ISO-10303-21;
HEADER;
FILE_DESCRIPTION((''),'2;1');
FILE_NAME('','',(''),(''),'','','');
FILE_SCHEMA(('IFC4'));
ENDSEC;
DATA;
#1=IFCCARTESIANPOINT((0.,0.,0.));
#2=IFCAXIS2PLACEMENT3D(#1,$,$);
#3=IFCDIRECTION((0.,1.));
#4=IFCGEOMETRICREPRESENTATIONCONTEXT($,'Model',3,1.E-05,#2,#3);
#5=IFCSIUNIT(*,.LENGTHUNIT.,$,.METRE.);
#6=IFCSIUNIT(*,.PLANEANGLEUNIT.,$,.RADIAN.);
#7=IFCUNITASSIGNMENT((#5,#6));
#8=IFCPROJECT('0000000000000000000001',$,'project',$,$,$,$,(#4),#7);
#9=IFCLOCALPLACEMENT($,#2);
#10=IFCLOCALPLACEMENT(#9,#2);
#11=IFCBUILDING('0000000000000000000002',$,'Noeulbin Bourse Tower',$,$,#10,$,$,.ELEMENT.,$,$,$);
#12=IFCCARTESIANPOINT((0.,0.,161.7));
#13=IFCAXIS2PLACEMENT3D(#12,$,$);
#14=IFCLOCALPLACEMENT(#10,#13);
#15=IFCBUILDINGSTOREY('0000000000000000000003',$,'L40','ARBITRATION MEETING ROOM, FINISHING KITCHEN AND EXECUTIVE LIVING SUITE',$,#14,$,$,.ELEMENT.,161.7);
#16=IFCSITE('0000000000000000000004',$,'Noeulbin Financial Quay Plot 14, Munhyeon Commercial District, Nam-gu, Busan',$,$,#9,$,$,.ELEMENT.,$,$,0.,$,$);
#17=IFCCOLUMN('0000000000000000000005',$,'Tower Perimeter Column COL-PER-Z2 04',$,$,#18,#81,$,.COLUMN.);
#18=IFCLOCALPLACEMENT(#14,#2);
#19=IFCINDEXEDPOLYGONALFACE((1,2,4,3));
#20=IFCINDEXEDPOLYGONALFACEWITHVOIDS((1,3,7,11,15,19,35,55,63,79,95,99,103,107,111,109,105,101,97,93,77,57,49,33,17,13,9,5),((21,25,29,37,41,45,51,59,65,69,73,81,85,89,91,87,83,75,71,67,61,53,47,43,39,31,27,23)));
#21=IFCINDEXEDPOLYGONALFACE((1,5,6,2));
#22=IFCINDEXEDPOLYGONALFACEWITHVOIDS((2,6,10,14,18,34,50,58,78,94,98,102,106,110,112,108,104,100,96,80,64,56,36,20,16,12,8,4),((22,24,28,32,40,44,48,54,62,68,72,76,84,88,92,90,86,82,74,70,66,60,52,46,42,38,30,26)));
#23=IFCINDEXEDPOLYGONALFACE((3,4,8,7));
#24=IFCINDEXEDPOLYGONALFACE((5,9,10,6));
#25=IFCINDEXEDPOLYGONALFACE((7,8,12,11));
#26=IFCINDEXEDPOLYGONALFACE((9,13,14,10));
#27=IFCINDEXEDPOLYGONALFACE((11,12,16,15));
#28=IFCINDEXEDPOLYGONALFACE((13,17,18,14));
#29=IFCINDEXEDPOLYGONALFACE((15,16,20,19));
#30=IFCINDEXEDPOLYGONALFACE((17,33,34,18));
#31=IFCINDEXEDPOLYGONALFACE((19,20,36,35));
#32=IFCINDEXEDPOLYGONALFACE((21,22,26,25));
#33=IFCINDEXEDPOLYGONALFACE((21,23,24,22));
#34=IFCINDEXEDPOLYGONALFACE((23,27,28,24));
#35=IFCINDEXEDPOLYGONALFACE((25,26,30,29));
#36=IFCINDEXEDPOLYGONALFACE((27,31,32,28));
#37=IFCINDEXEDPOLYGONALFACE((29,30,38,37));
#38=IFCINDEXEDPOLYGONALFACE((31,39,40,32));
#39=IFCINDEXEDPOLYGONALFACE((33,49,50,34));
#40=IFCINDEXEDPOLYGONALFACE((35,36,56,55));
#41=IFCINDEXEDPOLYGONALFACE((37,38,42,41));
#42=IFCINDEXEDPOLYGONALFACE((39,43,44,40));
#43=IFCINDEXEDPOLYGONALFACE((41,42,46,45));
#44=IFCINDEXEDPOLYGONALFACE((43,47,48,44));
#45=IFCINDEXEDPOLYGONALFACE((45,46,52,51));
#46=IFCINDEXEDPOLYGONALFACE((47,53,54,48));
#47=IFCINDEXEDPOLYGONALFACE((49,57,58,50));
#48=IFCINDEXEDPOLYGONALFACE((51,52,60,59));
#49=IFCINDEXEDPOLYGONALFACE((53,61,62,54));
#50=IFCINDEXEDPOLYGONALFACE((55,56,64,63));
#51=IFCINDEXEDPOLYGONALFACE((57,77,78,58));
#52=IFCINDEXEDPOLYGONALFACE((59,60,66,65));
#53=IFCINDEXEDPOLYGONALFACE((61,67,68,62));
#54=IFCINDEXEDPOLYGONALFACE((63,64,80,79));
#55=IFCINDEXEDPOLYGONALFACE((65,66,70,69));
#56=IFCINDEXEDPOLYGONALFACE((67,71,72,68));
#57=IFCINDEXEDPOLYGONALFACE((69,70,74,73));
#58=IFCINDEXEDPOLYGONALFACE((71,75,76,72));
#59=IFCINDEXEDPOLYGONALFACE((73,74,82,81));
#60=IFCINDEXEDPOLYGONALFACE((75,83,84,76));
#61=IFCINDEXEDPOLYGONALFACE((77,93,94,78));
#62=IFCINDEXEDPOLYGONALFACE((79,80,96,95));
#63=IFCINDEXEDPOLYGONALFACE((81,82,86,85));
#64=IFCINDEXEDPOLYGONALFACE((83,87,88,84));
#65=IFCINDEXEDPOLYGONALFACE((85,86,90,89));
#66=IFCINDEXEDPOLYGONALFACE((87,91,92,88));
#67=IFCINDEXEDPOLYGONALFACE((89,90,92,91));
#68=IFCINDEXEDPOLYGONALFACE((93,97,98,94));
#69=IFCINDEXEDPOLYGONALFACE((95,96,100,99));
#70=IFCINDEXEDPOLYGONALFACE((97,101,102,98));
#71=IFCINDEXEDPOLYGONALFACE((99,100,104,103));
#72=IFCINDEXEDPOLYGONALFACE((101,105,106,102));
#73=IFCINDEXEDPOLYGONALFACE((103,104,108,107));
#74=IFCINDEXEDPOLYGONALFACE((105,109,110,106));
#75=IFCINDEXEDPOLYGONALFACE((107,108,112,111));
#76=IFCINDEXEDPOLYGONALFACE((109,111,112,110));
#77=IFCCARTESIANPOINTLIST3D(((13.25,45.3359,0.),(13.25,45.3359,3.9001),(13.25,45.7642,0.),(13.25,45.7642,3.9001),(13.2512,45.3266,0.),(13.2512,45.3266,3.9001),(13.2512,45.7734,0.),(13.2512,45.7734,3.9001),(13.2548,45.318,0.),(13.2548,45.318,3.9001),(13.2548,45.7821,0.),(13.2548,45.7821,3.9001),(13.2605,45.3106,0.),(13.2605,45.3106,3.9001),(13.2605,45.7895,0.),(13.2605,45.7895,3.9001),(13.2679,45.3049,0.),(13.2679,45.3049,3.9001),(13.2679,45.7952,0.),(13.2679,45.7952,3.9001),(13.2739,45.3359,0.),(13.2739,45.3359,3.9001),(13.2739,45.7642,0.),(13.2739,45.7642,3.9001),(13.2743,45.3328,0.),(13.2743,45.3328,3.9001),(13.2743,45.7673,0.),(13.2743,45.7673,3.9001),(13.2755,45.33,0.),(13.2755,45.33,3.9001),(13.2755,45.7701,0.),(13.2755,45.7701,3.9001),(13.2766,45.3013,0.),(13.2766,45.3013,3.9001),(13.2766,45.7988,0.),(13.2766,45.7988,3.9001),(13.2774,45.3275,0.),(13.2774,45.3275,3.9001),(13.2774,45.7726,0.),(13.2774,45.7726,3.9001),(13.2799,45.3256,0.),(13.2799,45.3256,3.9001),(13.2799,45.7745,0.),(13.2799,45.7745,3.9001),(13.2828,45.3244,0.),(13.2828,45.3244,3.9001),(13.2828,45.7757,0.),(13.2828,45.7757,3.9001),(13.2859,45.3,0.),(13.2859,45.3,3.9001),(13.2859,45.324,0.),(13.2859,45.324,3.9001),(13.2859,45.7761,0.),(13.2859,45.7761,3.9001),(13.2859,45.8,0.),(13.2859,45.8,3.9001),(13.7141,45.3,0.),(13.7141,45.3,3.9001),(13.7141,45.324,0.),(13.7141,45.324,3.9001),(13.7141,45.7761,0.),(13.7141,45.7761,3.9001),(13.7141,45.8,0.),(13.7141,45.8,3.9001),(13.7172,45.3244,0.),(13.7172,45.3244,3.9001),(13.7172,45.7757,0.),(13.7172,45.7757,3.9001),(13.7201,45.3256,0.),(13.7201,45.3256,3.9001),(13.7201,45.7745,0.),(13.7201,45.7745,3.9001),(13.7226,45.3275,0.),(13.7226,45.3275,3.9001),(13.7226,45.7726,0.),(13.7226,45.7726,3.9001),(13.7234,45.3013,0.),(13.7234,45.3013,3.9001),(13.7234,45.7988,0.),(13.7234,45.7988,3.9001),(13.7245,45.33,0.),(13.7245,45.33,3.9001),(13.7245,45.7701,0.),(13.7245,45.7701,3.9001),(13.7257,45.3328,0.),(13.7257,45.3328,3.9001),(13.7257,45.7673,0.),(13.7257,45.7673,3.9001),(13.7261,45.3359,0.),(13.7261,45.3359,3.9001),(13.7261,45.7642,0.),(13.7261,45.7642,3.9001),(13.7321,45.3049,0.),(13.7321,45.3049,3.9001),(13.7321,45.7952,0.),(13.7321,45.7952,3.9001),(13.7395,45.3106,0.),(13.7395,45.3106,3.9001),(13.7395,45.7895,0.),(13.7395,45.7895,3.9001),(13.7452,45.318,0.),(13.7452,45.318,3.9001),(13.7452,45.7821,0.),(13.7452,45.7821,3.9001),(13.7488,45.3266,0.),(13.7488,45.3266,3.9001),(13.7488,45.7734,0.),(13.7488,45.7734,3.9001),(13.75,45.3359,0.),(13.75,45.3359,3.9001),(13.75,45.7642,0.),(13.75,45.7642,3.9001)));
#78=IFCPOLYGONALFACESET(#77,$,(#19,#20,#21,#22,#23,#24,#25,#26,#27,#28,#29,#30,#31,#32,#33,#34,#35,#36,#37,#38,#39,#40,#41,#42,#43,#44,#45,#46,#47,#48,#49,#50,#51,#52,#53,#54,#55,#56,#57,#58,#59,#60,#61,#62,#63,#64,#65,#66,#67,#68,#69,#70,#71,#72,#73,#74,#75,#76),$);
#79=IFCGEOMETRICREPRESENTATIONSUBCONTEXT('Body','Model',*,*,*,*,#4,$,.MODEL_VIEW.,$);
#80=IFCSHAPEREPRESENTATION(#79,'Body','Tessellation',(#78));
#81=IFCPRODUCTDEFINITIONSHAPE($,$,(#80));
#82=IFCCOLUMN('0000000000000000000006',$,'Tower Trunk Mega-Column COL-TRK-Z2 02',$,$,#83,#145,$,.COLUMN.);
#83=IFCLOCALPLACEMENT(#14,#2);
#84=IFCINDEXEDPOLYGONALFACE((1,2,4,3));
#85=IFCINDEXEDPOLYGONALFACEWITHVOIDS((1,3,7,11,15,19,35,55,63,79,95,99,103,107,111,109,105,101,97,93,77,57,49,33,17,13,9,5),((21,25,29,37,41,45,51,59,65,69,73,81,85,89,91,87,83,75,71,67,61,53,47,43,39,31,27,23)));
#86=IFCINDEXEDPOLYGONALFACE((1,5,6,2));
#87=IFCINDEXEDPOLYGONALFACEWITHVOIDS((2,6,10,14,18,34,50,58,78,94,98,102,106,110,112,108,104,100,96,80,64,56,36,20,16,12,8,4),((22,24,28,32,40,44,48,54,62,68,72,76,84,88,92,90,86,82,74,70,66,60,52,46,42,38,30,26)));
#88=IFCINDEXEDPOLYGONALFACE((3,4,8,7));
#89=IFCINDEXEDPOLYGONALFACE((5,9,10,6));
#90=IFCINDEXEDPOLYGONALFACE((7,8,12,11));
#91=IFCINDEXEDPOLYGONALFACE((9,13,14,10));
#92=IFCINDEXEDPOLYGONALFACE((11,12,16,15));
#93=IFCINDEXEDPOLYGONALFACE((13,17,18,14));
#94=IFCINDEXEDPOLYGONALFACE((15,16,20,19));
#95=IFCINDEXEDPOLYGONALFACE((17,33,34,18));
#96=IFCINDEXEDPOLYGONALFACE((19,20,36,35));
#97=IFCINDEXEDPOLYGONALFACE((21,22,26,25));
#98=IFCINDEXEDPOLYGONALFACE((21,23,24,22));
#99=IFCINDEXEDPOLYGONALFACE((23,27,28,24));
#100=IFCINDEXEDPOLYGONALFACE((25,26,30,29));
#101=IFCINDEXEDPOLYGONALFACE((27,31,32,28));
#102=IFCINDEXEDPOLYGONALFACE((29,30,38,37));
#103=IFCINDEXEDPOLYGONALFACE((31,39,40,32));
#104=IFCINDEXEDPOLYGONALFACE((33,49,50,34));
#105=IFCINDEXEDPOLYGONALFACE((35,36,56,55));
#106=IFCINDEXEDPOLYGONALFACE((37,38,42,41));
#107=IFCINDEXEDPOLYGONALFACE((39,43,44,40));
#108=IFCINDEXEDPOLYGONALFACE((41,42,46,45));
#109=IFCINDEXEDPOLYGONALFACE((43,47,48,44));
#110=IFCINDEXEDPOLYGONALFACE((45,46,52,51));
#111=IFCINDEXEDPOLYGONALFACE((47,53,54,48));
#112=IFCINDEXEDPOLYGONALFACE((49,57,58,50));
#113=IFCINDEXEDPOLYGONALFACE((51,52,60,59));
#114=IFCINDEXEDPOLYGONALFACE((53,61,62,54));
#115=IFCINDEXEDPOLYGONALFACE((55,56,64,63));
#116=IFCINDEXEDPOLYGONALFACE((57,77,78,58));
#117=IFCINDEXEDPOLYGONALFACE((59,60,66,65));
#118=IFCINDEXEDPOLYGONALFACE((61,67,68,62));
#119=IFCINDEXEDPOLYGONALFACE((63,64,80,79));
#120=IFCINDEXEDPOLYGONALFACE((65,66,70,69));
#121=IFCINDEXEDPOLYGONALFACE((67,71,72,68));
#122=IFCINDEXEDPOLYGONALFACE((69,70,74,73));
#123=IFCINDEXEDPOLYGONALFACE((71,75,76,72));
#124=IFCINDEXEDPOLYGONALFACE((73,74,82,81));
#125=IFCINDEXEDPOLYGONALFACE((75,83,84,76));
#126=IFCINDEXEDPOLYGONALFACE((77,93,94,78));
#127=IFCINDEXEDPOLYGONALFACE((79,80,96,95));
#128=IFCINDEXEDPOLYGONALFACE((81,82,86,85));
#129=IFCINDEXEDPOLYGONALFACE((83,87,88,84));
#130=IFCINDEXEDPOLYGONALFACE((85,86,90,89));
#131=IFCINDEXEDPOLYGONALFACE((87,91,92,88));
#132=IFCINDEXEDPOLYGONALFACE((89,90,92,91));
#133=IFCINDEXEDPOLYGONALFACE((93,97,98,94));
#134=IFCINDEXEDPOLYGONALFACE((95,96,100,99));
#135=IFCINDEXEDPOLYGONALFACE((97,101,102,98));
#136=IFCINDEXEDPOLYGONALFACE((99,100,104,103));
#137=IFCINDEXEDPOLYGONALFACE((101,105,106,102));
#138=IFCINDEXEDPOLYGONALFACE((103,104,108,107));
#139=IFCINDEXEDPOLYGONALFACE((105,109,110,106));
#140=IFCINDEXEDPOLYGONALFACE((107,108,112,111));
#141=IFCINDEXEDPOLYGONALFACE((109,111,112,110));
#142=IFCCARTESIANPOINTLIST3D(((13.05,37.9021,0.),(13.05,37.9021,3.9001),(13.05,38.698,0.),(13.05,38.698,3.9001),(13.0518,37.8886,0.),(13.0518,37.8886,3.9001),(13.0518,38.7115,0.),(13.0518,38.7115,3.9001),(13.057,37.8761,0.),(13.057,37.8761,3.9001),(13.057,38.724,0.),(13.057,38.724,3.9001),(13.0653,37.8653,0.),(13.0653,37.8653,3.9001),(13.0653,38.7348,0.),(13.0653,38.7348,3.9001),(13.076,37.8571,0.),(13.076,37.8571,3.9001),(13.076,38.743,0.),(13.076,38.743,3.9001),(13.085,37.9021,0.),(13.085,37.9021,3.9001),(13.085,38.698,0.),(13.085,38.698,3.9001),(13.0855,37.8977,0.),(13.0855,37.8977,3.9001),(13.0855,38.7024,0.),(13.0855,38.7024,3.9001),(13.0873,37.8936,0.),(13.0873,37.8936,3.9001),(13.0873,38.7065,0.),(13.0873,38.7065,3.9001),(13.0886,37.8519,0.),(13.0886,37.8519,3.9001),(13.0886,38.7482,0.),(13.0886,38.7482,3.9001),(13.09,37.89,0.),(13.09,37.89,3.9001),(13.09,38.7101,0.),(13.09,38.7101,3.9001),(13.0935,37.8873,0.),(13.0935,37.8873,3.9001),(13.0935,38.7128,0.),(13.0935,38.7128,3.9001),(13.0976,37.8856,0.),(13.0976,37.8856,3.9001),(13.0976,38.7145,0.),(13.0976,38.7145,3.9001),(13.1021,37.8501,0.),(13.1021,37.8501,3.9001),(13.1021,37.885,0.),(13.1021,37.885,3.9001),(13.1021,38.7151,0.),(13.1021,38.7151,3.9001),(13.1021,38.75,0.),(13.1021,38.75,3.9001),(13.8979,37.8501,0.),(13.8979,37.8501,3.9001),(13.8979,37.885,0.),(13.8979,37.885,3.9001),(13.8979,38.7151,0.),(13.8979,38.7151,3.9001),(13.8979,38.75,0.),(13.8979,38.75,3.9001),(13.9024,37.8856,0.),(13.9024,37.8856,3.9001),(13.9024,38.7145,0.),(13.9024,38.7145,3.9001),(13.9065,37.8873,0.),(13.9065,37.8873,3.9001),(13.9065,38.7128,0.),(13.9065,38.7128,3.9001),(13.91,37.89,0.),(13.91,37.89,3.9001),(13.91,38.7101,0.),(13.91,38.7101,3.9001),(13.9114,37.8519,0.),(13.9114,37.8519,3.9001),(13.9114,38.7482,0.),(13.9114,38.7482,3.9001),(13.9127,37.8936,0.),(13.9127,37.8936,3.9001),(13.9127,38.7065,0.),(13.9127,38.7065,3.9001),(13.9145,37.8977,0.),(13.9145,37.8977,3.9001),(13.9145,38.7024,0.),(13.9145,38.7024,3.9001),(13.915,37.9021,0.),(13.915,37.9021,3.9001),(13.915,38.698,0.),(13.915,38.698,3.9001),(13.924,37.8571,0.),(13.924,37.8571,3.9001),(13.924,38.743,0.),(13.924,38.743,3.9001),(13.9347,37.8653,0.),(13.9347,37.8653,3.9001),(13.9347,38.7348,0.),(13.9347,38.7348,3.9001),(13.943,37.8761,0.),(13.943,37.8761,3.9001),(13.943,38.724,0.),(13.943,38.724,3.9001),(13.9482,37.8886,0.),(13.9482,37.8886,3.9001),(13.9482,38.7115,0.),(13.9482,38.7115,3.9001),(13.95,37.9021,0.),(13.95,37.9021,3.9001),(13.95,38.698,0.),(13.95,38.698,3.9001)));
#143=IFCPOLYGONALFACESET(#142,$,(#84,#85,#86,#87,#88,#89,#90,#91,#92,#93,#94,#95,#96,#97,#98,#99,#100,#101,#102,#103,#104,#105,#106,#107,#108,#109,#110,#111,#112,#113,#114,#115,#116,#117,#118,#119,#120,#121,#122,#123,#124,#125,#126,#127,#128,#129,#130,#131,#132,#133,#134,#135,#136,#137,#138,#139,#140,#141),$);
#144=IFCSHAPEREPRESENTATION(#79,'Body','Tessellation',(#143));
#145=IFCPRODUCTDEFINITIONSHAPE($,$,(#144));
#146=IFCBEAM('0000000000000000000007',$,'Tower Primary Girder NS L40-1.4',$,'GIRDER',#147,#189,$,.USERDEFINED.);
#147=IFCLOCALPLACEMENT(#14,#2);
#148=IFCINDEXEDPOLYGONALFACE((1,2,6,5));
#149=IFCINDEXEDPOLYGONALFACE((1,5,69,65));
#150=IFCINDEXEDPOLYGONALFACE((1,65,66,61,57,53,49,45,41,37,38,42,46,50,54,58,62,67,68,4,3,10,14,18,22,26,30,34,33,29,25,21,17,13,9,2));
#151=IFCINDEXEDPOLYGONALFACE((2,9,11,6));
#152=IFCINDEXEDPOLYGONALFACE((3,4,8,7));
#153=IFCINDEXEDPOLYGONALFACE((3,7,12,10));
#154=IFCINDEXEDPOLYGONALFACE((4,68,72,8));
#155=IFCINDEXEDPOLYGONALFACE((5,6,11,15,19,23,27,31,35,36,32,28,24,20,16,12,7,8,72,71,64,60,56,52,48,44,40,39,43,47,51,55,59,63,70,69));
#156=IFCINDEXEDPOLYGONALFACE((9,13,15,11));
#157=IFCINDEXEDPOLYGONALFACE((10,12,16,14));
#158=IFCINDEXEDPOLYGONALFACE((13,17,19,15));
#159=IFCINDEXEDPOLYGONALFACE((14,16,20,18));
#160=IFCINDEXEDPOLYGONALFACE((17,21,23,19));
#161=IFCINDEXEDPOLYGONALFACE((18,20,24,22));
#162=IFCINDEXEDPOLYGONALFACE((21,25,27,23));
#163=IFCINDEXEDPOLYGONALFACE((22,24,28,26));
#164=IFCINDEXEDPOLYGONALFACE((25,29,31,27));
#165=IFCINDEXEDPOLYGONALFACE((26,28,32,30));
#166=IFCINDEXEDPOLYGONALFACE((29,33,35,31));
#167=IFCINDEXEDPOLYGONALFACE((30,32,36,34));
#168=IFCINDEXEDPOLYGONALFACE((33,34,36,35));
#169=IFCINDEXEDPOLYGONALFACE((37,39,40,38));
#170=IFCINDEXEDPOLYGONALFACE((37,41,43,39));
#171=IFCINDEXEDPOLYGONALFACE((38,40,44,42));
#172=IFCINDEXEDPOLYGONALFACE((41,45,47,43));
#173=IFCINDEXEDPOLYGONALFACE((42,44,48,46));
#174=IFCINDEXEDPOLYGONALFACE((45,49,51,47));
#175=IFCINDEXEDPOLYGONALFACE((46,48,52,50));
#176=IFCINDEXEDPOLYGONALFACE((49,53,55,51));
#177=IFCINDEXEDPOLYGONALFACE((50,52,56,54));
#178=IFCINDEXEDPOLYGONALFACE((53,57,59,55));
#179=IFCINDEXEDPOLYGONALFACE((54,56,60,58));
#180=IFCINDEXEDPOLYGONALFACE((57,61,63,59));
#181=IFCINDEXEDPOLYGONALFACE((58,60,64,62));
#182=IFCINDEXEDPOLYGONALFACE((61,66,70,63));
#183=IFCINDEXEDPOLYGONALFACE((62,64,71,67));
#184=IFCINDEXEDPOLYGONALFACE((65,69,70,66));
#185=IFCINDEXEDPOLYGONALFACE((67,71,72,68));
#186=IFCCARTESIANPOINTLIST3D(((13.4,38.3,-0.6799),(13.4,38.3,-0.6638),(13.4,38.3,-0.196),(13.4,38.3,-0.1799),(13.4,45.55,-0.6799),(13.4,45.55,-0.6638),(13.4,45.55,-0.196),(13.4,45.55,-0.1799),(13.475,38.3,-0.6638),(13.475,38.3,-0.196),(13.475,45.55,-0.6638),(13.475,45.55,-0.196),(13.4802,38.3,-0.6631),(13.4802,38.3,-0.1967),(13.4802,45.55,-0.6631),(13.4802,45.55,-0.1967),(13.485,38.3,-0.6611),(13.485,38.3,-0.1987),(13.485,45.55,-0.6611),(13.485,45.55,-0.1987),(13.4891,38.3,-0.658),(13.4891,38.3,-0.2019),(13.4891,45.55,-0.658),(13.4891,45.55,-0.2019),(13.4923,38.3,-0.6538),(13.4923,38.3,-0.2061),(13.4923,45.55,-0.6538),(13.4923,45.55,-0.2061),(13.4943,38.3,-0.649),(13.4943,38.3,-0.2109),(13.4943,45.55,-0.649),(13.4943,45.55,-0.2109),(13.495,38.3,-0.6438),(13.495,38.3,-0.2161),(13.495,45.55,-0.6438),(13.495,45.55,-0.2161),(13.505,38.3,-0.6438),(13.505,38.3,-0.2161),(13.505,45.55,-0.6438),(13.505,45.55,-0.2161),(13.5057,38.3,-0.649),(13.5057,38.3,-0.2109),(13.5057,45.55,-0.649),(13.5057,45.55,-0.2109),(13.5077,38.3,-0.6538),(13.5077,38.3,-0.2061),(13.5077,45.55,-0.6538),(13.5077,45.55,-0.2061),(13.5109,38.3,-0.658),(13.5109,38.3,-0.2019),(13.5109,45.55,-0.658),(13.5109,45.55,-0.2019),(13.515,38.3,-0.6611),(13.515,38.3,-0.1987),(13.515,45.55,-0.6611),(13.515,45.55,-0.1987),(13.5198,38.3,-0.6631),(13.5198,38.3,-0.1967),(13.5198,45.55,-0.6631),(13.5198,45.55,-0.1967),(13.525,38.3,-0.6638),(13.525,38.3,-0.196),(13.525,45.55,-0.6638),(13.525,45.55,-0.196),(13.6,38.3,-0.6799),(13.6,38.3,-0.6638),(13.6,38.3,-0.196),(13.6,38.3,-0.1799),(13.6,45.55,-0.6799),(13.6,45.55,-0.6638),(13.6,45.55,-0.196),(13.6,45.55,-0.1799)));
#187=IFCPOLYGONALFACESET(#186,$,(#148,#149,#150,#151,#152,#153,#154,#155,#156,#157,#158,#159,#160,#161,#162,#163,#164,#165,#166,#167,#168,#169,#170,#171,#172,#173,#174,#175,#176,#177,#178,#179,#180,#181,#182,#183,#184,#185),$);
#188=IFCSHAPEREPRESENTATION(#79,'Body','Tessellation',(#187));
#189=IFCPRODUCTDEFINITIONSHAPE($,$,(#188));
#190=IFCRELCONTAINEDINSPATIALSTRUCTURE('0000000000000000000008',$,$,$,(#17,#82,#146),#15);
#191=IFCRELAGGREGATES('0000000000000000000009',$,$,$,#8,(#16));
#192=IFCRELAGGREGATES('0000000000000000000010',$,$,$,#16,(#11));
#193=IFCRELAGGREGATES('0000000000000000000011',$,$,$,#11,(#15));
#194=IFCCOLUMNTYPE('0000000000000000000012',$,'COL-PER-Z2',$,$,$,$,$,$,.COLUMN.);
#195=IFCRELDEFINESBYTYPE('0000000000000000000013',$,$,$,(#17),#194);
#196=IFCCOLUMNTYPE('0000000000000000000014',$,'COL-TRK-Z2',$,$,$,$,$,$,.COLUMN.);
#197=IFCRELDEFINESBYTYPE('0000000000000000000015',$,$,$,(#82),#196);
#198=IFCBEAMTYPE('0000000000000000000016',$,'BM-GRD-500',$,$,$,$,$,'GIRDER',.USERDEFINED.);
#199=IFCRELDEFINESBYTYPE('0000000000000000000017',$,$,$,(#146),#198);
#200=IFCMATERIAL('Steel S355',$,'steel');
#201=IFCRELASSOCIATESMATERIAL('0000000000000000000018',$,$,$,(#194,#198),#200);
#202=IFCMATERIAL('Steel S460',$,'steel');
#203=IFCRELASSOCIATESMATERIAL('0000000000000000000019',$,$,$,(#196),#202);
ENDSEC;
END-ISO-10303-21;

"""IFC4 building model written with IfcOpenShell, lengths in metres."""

from ifc_helpers import new_model, si_unit, direction, frame, origin, origin_2d, place, context, subcontext, project, spatial, hollow_rectangle, i_section, extrude, material, material_profile, profile_set, type_object, element, save


model = new_model("IFC4")

# Units and contexts
model_context = context("Model", 3, precision=1e-05, world=origin(), true_north=direction((0.0, 1.0)))
body_context = subcontext(model_context, "Body", "Model", "MODEL_VIEW")
ifc_project = project(units=[si_unit("LENGTHUNIT", "METRE"), si_unit("PLANEANGLEUNIT", "RADIAN")], contexts=[model_context])

# Site, building, storey
site_placement = place(None, origin())
site = spatial("IfcSite", under=ifc_project, at=site_placement, Name="Noeulbin Financial Quay Plot 14, Munhyeon Commercial District, Nam-gu, Busan", CompositionType="ELEMENT", RefElevation=0.0)
building_placement = place(site_placement, origin())
building = spatial("IfcBuilding", under=site, at=building_placement, Name="Noeulbin Bourse Tower", CompositionType="ELEMENT")
storey_placement = place(building_placement, frame((0.0, 0.0, 161.7)))
storey = spatial("IfcBuildingStorey", under=building, at=storey_placement, Name="L40", Description="ARBITRATION MEETING ROOM, FINISHING KITCHEN AND EXECUTIVE LIVING SUITE", CompositionType="ELEMENT", Elevation=161.7)

# Columns
ifc_material_1 = material(Name="Steel S355", Category="steel")
ifc_material_profile_1 = material_profile(ifc_material_1, hollow_rectangle(XDim=0.5, YDim=0.5, WallThickness=0.0239, InnerFilletRadius=0.012, OuterFilletRadius=0.0359, at=origin_2d()), Name="BOX-500x500x24", Category="LoadBearing")
ifc_profile_set_1 = profile_set([ifc_material_profile_1], Name="Steel S355")
column_type_1 = type_object("IfcColumnType", Name="COL-PER-Z2", PredefinedType="COLUMN", material=ifc_profile_set_1)
column_1_placement = place(storey_placement, frame((13.5, 45.55, 0.0), z_axis=(0.0, 0.0, 1.0), x_axis=(1.0, 0.0, 0.0)))
element("IfcColumn", 1, at=column_1_placement, inside=storey, type_object=column_type_1, Name="Tower Perimeter Column COL-PER-Z2 04", PredefinedType="COLUMN", context=body_context, shape_type="SweptSolid", body=[
    extrude(hollow_rectangle(XDim=0.5, YDim=0.5, WallThickness=0.0239, InnerFilletRadius=0.012, OuterFilletRadius=0.0359, at=origin_2d()), origin(), (0.0, 0.0, 1.0), 3.9001),
])
ifc_material_2 = material(Name="Steel S460", Category="steel")
ifc_material_profile_2 = material_profile(ifc_material_2, hollow_rectangle(XDim=0.8999, YDim=0.8999, WallThickness=0.0349, InnerFilletRadius=0.0171, OuterFilletRadius=0.052, at=origin_2d()), Name="BOX-900x900x35", Category="LoadBearing")
ifc_profile_set_2 = profile_set([ifc_material_profile_2], Name="Steel S460")
column_type_2 = type_object("IfcColumnType", Name="COL-TRK-Z2", PredefinedType="COLUMN", material=ifc_profile_set_2)
column_2_placement = place(storey_placement, frame((13.5, 38.3, 0.0), z_axis=(0.0, 0.0, 1.0), x_axis=(1.0, 0.0, 0.0)))
element("IfcColumn", 2, at=column_2_placement, inside=storey, type_object=column_type_2, Name="Tower Trunk Mega-Column COL-TRK-Z2 02", PredefinedType="COLUMN", context=body_context, shape_type="SweptSolid", body=[
    extrude(hollow_rectangle(XDim=0.8999, YDim=0.8999, WallThickness=0.0349, InnerFilletRadius=0.0171, OuterFilletRadius=0.052, at=origin_2d()), origin(), (0.0, 0.0, 1.0), 3.9001),
])

# Beam
ifc_material_profile_3 = material_profile(ifc_material_1, i_section(OverallWidth=0.2, OverallDepth=0.5, WebThickness=0.01, FlangeThickness=0.0161, FilletRadius=0.02, at=origin_2d()), Name="H-500x200x10x16", Category="LoadBearing")
ifc_profile_set_3 = profile_set([ifc_material_profile_3], Name="Steel S355")
beam_type_1 = type_object("IfcBeamType", Name="BM-GRD-500", ElementType="GIRDER", PredefinedType="USERDEFINED", material=ifc_profile_set_3)
beam_1_placement = place(storey_placement, frame((13.5, 38.3, -0.4299), z_axis=(0.0, 1.0, 0.0), x_axis=(-1.0, 0.0, 0.0)))
element("IfcBeam", 3, at=beam_1_placement, inside=storey, type_object=beam_type_1, Name="Tower Primary Girder NS L40-1.4", ObjectType="GIRDER", PredefinedType="USERDEFINED", context=body_context, shape_type="SweptSolid", body=[
    extrude(i_section(OverallWidth=0.2, OverallDepth=0.5, WebThickness=0.01, FlangeThickness=0.0161, FilletRadius=0.02, at=origin_2d()), origin(), (0.0, 0.0, 1.0), 7.25),
])

save(model, "model.ifc")
